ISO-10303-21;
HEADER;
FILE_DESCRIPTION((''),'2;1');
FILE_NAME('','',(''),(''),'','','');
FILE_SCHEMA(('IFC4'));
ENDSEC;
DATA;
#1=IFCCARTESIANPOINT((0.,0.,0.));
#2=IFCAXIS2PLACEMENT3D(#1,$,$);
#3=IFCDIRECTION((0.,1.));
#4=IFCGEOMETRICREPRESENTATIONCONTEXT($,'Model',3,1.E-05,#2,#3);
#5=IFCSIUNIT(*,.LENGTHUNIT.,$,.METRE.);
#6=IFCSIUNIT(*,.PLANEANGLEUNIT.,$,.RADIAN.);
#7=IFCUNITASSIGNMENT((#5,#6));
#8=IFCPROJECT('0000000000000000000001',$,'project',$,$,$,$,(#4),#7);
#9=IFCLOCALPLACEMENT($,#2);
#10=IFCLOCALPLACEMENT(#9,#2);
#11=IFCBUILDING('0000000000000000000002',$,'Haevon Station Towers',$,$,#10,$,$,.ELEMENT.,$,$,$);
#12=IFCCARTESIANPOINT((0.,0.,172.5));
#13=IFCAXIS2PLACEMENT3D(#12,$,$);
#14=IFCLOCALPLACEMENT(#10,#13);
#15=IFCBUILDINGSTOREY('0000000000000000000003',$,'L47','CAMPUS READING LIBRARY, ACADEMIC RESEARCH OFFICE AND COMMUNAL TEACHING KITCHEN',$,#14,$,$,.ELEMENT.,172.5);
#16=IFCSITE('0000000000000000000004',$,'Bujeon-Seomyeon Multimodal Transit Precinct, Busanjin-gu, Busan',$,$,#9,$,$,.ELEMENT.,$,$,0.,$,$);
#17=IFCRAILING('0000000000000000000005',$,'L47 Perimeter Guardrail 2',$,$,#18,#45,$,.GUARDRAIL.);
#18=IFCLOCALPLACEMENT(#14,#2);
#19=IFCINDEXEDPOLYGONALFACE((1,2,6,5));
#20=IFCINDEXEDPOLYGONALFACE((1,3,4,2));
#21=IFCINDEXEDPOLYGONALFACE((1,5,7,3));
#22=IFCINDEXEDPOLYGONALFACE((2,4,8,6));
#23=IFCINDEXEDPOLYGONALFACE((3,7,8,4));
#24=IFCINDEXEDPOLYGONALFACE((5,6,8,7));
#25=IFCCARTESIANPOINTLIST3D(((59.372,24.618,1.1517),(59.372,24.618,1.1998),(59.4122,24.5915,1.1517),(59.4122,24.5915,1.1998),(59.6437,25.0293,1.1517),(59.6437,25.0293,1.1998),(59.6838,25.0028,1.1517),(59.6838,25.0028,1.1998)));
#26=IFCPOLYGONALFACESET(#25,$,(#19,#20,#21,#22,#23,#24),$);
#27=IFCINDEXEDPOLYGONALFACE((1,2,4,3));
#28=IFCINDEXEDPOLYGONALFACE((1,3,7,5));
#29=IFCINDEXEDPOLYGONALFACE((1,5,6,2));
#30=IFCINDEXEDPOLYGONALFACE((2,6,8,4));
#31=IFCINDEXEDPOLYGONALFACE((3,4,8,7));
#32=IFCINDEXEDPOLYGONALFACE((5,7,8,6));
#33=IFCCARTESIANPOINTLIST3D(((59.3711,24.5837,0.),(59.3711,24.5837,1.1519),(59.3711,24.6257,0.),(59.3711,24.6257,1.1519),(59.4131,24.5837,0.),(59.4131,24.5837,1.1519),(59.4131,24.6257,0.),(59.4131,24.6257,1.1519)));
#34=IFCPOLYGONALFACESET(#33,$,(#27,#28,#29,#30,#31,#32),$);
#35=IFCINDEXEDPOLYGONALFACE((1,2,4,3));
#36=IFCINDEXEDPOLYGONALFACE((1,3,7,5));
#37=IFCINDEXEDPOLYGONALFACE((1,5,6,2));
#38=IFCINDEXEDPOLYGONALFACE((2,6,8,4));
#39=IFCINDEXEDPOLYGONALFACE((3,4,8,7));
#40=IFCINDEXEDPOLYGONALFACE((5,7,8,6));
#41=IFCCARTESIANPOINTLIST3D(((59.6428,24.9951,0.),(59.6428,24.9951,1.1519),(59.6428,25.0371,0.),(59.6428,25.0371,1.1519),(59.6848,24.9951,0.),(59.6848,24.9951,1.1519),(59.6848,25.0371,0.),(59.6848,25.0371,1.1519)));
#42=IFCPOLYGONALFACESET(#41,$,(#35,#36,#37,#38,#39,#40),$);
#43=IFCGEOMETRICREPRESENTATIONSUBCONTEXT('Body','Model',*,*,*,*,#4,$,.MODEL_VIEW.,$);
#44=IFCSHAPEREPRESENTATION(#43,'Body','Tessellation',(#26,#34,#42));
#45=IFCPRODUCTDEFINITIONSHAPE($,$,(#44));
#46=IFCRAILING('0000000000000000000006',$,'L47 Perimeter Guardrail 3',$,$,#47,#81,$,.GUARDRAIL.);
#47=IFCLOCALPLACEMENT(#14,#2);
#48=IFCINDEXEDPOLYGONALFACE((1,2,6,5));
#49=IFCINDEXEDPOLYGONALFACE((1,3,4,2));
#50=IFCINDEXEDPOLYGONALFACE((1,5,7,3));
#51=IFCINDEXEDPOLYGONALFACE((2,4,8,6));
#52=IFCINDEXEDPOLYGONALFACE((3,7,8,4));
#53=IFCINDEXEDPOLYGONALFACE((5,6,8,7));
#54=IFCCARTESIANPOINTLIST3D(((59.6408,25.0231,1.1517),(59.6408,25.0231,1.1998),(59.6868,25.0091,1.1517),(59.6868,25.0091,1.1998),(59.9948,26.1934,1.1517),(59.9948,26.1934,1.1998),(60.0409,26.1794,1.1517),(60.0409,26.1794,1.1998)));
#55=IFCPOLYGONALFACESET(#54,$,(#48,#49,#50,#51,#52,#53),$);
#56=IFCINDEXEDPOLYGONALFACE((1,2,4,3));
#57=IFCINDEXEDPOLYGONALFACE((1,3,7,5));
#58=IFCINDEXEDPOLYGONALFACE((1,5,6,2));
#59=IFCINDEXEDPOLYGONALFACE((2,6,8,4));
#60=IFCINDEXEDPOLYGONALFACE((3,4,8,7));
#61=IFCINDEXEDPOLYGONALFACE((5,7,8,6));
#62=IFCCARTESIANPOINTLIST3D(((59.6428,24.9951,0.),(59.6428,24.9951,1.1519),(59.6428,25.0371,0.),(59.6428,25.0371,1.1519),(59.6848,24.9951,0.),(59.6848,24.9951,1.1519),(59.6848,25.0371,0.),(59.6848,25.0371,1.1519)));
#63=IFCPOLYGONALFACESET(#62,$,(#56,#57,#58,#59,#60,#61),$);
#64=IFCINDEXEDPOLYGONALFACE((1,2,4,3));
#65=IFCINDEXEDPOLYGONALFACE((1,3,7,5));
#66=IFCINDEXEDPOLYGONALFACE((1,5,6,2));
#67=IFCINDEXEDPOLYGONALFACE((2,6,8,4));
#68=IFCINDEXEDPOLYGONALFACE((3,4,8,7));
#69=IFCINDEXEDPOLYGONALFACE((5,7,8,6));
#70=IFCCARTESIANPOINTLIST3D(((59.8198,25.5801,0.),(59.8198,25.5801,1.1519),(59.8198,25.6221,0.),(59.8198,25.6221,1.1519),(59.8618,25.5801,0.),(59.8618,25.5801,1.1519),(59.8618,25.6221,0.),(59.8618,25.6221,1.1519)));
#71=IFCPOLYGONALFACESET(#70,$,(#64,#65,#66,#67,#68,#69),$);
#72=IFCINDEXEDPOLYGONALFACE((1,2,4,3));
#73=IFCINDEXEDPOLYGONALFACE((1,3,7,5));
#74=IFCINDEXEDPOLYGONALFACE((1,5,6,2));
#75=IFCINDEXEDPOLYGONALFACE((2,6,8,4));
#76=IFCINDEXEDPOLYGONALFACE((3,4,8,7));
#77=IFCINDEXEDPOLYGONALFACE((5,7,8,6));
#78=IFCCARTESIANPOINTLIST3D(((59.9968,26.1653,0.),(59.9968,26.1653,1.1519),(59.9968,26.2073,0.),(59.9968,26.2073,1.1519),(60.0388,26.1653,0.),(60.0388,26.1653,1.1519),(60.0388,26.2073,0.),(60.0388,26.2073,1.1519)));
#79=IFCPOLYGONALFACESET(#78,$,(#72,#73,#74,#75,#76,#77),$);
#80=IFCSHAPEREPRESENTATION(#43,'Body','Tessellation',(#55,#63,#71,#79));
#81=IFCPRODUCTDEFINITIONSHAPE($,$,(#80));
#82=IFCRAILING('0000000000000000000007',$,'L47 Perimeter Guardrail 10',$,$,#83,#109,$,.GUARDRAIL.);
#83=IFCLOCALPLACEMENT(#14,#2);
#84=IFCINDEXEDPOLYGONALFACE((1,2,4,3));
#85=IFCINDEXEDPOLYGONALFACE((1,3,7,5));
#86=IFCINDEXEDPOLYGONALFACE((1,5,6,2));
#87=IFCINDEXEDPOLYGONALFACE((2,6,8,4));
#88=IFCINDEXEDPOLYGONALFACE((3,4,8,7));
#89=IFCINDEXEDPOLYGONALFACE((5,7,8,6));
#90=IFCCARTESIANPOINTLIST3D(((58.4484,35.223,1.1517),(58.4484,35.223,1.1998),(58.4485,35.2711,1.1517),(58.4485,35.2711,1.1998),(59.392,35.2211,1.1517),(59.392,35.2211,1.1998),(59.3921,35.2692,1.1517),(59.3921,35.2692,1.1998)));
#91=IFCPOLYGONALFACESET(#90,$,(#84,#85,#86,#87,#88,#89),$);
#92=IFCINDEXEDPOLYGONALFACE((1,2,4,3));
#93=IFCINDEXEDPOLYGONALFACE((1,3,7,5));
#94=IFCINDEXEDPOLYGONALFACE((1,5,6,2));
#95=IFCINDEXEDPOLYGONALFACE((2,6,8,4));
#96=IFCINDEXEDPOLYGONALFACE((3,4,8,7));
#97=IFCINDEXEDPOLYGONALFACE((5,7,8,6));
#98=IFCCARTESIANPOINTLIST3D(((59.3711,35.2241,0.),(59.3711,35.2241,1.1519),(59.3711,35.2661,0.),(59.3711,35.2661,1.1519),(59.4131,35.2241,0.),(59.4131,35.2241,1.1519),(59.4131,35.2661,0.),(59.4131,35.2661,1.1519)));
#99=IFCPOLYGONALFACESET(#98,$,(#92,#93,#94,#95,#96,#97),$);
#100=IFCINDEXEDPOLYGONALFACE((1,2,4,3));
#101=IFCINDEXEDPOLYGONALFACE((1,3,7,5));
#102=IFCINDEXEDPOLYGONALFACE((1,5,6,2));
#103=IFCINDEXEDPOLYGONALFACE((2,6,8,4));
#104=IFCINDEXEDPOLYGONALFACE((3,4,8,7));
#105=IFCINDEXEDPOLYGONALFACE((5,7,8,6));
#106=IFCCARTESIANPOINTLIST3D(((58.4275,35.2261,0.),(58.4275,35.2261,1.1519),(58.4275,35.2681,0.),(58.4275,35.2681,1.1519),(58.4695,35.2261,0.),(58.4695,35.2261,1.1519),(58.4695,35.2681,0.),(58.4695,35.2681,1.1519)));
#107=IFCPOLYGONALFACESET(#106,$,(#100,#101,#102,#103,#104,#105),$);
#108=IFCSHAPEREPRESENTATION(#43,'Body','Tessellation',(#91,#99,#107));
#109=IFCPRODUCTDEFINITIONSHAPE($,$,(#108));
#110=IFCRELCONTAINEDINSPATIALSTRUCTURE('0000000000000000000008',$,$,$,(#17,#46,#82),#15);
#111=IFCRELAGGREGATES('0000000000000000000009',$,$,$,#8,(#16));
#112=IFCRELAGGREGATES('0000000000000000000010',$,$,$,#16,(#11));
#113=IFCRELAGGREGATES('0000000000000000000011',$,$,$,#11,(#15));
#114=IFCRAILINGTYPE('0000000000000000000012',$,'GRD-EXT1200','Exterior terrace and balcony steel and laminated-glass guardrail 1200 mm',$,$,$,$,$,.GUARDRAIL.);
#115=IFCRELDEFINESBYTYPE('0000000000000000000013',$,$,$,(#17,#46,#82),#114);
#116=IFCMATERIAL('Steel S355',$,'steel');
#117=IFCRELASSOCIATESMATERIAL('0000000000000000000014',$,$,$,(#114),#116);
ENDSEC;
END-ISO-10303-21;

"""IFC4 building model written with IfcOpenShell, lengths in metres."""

from ifc_helpers import new_model, si_unit, direction, frame, origin, origin_2d, place, context, subcontext, project, spatial, rectangle, extrude, material, type_object, element, save


model = new_model("IFC4")

# Units and contexts
model_context = context("Model", 3, precision=1e-05, world=origin(), true_north=direction((0.0, 1.0)))
body_context = subcontext(model_context, "Body", "Model", "MODEL_VIEW")
ifc_project = project(units=[si_unit("LENGTHUNIT", "METRE"), si_unit("PLANEANGLEUNIT", "RADIAN")], contexts=[model_context])

# Site, building, storey
site_placement = place(None, origin())
site = spatial("IfcSite", under=ifc_project, at=site_placement, Name="Bujeon-Seomyeon Multimodal Transit Precinct, Busanjin-gu, Busan", CompositionType="ELEMENT", RefElevation=0.0)
building_placement = place(site_placement, origin())
building = spatial("IfcBuilding", under=site, at=building_placement, Name="Haevon Station Towers", CompositionType="ELEMENT")
storey_placement = place(building_placement, frame((0.0, 0.0, 172.5)))
storey = spatial("IfcBuildingStorey", under=building, at=storey_placement, Name="L47", Description="CAMPUS READING LIBRARY, ACADEMIC RESEARCH OFFICE AND COMMUNAL TEACHING KITCHEN", CompositionType="ELEMENT", Elevation=172.5)

# Shared definitions
ifc_material_1 = material(Name="Steel S355", Category="steel")

# Railings
railing_type = type_object("IfcRailingType", Name="GRD-EXT1200", Description="Exterior terrace and balcony steel and laminated-glass guardrail 1200 mm", PredefinedType="GUARDRAIL", material=ifc_material_1)
railing_1_placement = place(storey_placement, frame((59.3921, 24.6047, 0.0)))
element("IfcRailing", 1, at=railing_1_placement, inside=storey, type_object=railing_type, Name="L47 Perimeter Guardrail 2", PredefinedType="GUARDRAIL", context=body_context, shape_type="SweptSolid", body=[
    extrude(rectangle(XDim=0.0481, YDim=0.0481, at=origin_2d()), frame((0.0, 0.0, 1.1758), z_axis=(0.551153, 0.834404, 0.0), x_axis=(-0.834404, 0.551153, 0.0)), (0.0, 0.0, 1.0), 0.4929),
    extrude(rectangle(XDim=0.042, YDim=0.042, at=origin_2d()), origin(), (0.0, 0.0, 1.0), 1.1519),
    extrude(rectangle(XDim=0.042, YDim=0.042, at=origin_2d()), frame((0.2717, 0.4114, 0.0)), (0.0, 0.0, 1.0), 1.1519),
])
railing_2_placement = place(storey_placement, frame((59.6638, 25.0161, 0.0)))
element("IfcRailing", 2, at=railing_2_placement, inside=storey, type_object=railing_type, Name="L47 Perimeter Guardrail 3", PredefinedType="GUARDRAIL", context=body_context, shape_type="SweptSolid", body=[
    extrude(rectangle(XDim=0.0481, YDim=0.0481, at=origin_2d()), frame((0.0, 0.0, 1.1758), z_axis=(0.289564, 0.957159, 0.0), x_axis=(-0.957159, 0.289564, 0.0)), (0.0, 0.0, 1.0), 1.2227),
    extrude(rectangle(XDim=0.042, YDim=0.042, at=origin_2d()), origin(), (0.0, 0.0, 1.0), 1.1519),
    extrude(rectangle(XDim=0.042, YDim=0.042, at=origin_2d()), frame((0.177, 0.585, 0.0)), (0.0, 0.0, 1.0), 1.1519),
    extrude(rectangle(XDim=0.042, YDim=0.042, at=origin_2d()), frame((0.354, 1.1702, 0.0)), (0.0, 0.0, 1.0), 1.1519),
])
railing_3_placement = place(storey_placement, frame((59.3921, 35.2451, 0.0)))
element("IfcRailing", 3, at=railing_3_placement, inside=storey, type_object=railing_type, Name="L47 Perimeter Guardrail 10", PredefinedType="GUARDRAIL", context=body_context, shape_type="SweptSolid", body=[
    extrude(rectangle(XDim=0.0481, YDim=0.0481, at=origin_2d()), frame((0.0, 0.0, 1.1758), z_axis=(-0.999998, 0.00207, 0.0), x_axis=(-0.00207, -0.999998, 0.0)), (0.0, 0.0, 1.0), 0.9436),
    extrude(rectangle(XDim=0.042, YDim=0.042, at=origin_2d()), origin(), (0.0, 0.0, 1.0), 1.1519),
    extrude(rectangle(XDim=0.042, YDim=0.042, at=origin_2d()), frame((-0.9436, 0.002, 0.0)), (0.0, 0.0, 1.0), 1.1519),
])

save(model, "model.ifc")
